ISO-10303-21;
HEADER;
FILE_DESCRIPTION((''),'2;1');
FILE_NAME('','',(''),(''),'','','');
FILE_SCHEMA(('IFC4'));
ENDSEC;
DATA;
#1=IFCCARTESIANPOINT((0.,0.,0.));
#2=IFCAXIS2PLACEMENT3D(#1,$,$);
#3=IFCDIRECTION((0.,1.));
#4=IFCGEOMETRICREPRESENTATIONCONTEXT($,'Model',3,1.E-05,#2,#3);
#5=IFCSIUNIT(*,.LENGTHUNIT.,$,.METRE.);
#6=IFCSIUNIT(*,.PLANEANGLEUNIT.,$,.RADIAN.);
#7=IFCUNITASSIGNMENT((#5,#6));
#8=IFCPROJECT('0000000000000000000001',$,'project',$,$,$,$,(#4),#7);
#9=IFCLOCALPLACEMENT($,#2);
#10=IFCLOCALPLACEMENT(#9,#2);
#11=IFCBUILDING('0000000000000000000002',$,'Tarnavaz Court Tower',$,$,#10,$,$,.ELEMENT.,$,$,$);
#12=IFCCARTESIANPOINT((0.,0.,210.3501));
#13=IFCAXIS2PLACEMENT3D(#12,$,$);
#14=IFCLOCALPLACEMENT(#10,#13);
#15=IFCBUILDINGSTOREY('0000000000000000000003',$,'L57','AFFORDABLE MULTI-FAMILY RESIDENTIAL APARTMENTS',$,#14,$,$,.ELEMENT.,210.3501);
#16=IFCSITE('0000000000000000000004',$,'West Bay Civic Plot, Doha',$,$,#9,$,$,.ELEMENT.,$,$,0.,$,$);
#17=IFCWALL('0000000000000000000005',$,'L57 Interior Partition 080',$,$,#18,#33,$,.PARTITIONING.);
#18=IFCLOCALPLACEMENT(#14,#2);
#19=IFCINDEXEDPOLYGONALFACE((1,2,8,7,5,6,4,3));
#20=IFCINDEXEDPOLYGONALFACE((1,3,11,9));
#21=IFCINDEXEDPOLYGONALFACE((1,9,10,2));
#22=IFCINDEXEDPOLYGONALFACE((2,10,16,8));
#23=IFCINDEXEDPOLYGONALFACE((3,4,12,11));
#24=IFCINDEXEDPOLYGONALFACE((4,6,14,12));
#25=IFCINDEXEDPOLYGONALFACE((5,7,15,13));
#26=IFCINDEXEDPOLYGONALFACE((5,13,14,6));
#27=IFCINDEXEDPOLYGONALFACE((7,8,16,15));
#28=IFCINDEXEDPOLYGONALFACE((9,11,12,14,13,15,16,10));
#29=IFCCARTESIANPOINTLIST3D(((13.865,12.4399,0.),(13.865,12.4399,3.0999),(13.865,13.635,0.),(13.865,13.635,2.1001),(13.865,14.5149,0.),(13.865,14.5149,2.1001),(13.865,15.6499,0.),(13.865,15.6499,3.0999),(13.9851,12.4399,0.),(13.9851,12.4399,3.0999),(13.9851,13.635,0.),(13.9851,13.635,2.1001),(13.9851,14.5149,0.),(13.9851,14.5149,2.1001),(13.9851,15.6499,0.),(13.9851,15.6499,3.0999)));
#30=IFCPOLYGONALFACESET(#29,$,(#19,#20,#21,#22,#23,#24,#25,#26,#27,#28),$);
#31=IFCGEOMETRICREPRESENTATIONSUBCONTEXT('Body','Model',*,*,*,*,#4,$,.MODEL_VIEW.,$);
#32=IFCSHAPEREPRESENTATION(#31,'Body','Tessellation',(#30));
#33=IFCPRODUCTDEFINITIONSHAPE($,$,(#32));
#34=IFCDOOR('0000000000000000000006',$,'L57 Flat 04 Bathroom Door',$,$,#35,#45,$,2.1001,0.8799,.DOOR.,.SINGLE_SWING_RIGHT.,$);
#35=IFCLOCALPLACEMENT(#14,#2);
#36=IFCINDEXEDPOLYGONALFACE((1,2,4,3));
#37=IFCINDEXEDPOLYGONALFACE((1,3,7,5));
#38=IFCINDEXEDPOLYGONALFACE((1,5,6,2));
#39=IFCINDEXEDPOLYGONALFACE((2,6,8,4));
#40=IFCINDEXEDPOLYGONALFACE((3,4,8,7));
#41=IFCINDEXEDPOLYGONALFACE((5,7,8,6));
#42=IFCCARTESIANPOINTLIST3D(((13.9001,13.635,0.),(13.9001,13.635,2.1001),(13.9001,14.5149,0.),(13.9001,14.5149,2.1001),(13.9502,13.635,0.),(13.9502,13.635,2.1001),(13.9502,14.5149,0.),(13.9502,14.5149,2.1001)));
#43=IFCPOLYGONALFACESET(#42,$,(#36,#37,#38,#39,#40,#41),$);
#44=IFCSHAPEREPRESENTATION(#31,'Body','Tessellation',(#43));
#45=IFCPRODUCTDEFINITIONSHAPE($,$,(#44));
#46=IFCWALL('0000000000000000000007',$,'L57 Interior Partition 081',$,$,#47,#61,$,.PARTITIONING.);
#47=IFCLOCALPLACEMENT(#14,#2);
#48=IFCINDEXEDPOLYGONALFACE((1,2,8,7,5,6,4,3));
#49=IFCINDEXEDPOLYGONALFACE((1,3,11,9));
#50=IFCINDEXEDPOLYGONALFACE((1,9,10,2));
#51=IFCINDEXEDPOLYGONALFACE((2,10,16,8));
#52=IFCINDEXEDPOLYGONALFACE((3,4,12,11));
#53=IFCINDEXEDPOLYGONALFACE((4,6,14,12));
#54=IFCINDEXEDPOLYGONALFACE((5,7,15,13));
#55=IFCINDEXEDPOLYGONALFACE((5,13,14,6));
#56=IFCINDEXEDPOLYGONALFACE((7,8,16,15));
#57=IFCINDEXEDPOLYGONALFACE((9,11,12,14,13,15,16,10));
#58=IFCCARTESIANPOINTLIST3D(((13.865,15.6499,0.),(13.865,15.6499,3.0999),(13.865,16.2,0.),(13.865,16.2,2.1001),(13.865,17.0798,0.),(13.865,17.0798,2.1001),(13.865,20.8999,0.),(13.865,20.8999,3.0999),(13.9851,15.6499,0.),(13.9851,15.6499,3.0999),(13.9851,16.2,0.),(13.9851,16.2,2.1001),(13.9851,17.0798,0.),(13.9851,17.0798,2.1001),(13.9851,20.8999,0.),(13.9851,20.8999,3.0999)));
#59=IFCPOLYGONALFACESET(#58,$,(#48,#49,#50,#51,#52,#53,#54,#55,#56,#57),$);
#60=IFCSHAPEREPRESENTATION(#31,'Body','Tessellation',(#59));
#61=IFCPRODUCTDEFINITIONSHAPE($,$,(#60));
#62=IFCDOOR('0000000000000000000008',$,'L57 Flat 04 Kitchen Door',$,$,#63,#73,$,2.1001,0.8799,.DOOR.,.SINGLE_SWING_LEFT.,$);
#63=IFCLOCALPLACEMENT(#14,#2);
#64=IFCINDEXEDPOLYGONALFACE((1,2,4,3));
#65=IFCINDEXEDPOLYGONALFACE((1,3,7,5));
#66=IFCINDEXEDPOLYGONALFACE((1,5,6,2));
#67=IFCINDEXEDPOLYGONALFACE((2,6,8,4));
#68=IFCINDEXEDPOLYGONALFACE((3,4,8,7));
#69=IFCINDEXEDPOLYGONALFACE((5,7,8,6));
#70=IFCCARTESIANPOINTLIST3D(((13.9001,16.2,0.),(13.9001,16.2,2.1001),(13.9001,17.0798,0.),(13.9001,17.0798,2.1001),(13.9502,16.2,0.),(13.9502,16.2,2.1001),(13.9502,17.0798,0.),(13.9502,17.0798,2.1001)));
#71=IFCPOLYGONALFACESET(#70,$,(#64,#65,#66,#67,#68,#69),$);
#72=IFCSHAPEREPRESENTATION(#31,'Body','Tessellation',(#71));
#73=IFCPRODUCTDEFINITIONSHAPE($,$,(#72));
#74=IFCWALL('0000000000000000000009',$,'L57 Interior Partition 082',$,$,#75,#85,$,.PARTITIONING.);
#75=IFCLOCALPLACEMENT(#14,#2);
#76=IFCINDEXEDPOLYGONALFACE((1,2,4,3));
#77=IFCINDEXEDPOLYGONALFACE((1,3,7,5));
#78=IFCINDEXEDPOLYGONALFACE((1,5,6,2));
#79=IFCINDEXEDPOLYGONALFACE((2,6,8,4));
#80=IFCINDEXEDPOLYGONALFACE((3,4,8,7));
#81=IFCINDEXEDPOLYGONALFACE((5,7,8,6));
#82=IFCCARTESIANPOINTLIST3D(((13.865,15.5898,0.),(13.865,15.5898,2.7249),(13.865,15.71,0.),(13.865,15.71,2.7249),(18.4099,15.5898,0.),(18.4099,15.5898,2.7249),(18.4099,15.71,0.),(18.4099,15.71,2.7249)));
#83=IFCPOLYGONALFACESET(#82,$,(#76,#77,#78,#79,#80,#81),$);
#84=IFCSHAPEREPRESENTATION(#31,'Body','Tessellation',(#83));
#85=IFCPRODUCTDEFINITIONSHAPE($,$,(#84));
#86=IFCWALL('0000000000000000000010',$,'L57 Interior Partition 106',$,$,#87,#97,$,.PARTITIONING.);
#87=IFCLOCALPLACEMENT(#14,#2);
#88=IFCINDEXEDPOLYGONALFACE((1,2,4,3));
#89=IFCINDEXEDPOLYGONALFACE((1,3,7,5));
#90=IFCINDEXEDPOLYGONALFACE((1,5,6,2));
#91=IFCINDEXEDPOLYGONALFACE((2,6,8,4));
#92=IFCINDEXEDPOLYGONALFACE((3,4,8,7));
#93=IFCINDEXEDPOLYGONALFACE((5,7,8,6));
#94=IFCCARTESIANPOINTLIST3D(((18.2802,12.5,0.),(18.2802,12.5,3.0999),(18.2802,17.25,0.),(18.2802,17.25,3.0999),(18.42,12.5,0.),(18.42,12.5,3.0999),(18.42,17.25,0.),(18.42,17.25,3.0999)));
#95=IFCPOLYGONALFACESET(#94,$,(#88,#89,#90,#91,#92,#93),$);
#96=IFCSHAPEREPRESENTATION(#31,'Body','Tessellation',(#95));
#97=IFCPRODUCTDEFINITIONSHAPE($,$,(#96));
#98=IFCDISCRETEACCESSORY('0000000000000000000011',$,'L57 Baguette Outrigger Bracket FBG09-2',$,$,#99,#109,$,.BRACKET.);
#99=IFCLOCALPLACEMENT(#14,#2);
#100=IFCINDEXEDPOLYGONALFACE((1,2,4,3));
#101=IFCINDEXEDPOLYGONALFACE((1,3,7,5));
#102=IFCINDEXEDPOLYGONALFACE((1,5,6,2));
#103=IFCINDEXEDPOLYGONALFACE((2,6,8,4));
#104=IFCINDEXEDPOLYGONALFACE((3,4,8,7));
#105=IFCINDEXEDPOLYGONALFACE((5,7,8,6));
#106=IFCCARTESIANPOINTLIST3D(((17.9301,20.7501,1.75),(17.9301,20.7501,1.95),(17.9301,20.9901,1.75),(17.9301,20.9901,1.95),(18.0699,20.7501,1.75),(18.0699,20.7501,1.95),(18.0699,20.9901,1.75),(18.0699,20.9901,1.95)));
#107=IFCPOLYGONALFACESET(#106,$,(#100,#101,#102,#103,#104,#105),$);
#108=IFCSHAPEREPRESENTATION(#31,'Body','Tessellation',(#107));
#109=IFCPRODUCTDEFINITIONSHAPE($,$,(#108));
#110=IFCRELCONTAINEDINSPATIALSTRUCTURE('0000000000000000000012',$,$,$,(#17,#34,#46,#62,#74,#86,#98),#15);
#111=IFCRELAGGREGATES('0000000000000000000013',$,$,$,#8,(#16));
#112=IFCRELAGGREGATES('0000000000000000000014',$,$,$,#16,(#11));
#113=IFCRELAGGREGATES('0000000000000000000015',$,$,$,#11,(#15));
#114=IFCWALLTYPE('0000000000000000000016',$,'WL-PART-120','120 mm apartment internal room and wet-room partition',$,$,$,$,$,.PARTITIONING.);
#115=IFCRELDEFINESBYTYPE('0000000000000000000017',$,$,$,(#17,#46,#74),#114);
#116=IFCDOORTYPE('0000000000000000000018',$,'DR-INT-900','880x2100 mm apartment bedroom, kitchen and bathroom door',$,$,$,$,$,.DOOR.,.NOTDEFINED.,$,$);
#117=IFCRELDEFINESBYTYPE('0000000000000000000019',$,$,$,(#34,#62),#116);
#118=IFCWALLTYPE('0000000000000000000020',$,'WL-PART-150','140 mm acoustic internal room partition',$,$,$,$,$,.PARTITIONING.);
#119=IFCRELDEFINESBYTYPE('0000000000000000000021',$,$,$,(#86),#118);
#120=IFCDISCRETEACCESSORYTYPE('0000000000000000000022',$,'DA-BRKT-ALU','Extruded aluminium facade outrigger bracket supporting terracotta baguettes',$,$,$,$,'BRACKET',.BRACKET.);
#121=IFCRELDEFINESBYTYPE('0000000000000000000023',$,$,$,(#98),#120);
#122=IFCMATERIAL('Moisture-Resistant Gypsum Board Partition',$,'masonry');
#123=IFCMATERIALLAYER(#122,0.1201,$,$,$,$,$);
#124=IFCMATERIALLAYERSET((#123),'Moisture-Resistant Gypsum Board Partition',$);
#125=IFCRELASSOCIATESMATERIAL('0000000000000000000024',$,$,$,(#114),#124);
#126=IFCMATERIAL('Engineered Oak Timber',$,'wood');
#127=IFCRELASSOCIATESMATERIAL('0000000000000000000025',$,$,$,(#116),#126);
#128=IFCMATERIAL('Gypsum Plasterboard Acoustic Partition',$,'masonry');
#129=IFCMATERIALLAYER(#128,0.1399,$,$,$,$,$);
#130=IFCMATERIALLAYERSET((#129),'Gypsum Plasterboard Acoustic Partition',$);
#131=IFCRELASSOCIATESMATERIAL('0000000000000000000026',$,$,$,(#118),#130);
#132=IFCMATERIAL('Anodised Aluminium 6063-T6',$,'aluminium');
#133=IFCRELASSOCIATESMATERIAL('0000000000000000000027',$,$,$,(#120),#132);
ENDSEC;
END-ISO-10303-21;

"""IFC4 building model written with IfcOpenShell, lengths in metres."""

from ifc_helpers import new_model, si_unit, direction, frame, frame_2d, origin, origin_2d, place, context, subcontext, project, spatial, rectangle, extrude, material, layer, layer_set, type_object, element, fill, save


model = new_model("IFC4")

# Units and contexts
model_context = context("Model", 3, precision=1e-05, world=origin(), true_north=direction((0.0, 1.0)))
body_context = subcontext(model_context, "Body", "Model", "MODEL_VIEW")
ifc_project = project(units=[si_unit("LENGTHUNIT", "METRE"), si_unit("PLANEANGLEUNIT", "RADIAN")], contexts=[model_context])

# Site, building, storey
site_placement = place(None, origin())
site = spatial("IfcSite", under=ifc_project, at=site_placement, Name="West Bay Civic Plot, Doha", CompositionType="ELEMENT", RefElevation=0.0)
building_placement = place(site_placement, origin())
building = spatial("IfcBuilding", under=site, at=building_placement, Name="Tarnavaz Court Tower", CompositionType="ELEMENT")
storey_placement = place(building_placement, frame((0.0, 0.0, 210.3501)))
storey = spatial("IfcBuildingStorey", under=building, at=storey_placement, Name="L57", Description="AFFORDABLE MULTI-FAMILY RESIDENTIAL APARTMENTS", CompositionType="ELEMENT", Elevation=210.3501)

# Walls, openings, doors
ifc_material_1 = material(Name="Engineered Oak Timber", Category="wood")
ifc_material_2 = material(Name="Moisture-Resistant Gypsum Board Partition", Category="masonry")
ifc_layer_1 = layer(ifc_material_2, 0.1201)
ifc_layer_set_1 = layer_set([ifc_layer_1], Name="Moisture-Resistant Gypsum Board Partition")
wall_type_1 = type_object("IfcWallType", Name="WL-PART-120", Description="120 mm apartment internal room and wet-room partition", PredefinedType="PARTITIONING", material=ifc_layer_set_1)
wall_1_placement = place(storey_placement, frame((13.925, 12.4399, 0.0), z_axis=(0.0, 0.0, 1.0), x_axis=(0.0, 1.0, 0.0)))
wall_1 = element("IfcWall", 1, at=wall_1_placement, inside=storey, type_object=wall_type_1, Name="L57 Interior Partition 080", PredefinedType="PARTITIONING", context=body_context, shape_type="SweptSolid", body=[
    extrude(rectangle(XDim=3.21, YDim=0.1201, at=frame_2d((1.605, 0.0))), origin(), (0.0, 0.0, 1.0), 3.0999),
])
opening_1_placement = place(wall_1_placement, frame((1.1951, 0.0, 0.0)))
opening_1 = element("IfcOpeningElement", 2, at=opening_1_placement, cuts=wall_1, PredefinedType="OPENING", context=body_context, shape_type="SweptSolid", body=[
    extrude(rectangle(XDim=0.8799, YDim=2.1001, at=frame_2d((0.4399, 1.05))), frame((0.0, 0.0701, 0.0), z_axis=(0.0, -1.0, 0.0), x_axis=(1.0, 0.0, 0.0)), (0.0, 0.0, 1.0), 0.1401),
])
door_type_1 = type_object("IfcDoorType", Name="DR-INT-900", Description="880x2100 mm apartment bedroom, kitchen and bathroom door", OperationType="NOTDEFINED", PredefinedType="DOOR", material=ifc_material_1)
door_1_placement = place(opening_1_placement, origin())
door_1 = element("IfcDoor", 3, at=door_1_placement, inside=storey, type_object=door_type_1, Name="L57 Flat 04 Bathroom Door", OperationType="SINGLE_SWING_RIGHT", OverallHeight=2.1001, OverallWidth=0.8799, PredefinedType="DOOR", context=body_context, shape_type="SweptSolid", body=[
    extrude(rectangle(XDim=0.8799, YDim=2.1001, at=frame_2d((0.4399, 1.05))), frame((0.0, 0.0249, 0.0), z_axis=(0.0, -1.0, 0.0), x_axis=(1.0, 0.0, 0.0)), (0.0, 0.0, 1.0), 0.05),
])
fill(opening_1, door_1)
wall_2_placement = place(storey_placement, frame((13.925, 15.6499, 0.0), z_axis=(0.0, 0.0, 1.0), x_axis=(0.0, 1.0, 0.0)))
wall_2 = element("IfcWall", 4, at=wall_2_placement, inside=storey, type_object=wall_type_1, Name="L57 Interior Partition 081", PredefinedType="PARTITIONING", context=body_context, shape_type="SweptSolid", body=[
    extrude(rectangle(XDim=5.25, YDim=0.1201, at=frame_2d((2.625, 0.0))), origin(), (0.0, 0.0, 1.0), 3.0999),
])
opening_2_placement = place(wall_2_placement, frame((0.55, 0.0, 0.0)))
opening_2 = element("IfcOpeningElement", 5, at=opening_2_placement, cuts=wall_2, PredefinedType="OPENING", context=body_context, shape_type="SweptSolid", body=[
    extrude(rectangle(XDim=0.8799, YDim=2.1001, at=frame_2d((0.4399, 1.05))), frame((0.0, 0.0701, 0.0), z_axis=(0.0, -1.0, 0.0), x_axis=(1.0, 0.0, 0.0)), (0.0, 0.0, 1.0), 0.1401),
])
door_2_placement = place(opening_2_placement, origin())
door_2 = element("IfcDoor", 6, at=door_2_placement, inside=storey, type_object=door_type_1, Name="L57 Flat 04 Kitchen Door", OperationType="SINGLE_SWING_LEFT", OverallHeight=2.1001, OverallWidth=0.8799, PredefinedType="DOOR", context=body_context, shape_type="SweptSolid", body=[
    extrude(rectangle(XDim=0.8799, YDim=2.1001, at=frame_2d((0.4399, 1.05))), frame((0.0, 0.0249, 0.0), z_axis=(0.0, -1.0, 0.0), x_axis=(1.0, 0.0, 0.0)), (0.0, 0.0, 1.0), 0.05),
])
fill(opening_2, door_2)

# Walls
wall_3_placement = place(storey_placement, frame((13.865, 15.6499, 0.0), z_axis=(0.0, 0.0, 1.0), x_axis=(1.0, 0.0, 0.0)))
element("IfcWall", 7, at=wall_3_placement, inside=storey, type_object=wall_type_1, Name="L57 Interior Partition 082", PredefinedType="PARTITIONING", context=body_context, shape_type="SweptSolid", body=[
    extrude(rectangle(XDim=4.5449, YDim=0.1201, at=frame_2d((2.2725, 0.0))), origin(), (0.0, 0.0, 1.0), 2.7249),
])
ifc_material_3 = material(Name="Gypsum Plasterboard Acoustic Partition", Category="masonry")
ifc_layer_2 = layer(ifc_material_3, 0.1399)
ifc_layer_set_2 = layer_set([ifc_layer_2], Name="Gypsum Plasterboard Acoustic Partition")
wall_type_2 = type_object("IfcWallType", Name="WL-PART-150", Description="140 mm acoustic internal room partition", PredefinedType="PARTITIONING", material=ifc_layer_set_2)
wall_4_placement = place(storey_placement, frame((18.3501, 12.5, 0.0), z_axis=(0.0, 0.0, 1.0), x_axis=(0.0, 1.0, 0.0)))
element("IfcWall", 8, at=wall_4_placement, inside=storey, type_object=wall_type_2, Name="L57 Interior Partition 106", PredefinedType="PARTITIONING", context=body_context, shape_type="SweptSolid", body=[
    extrude(rectangle(XDim=4.75, YDim=0.1399, at=frame_2d((2.375, 0.0))), origin(), (0.0, 0.0, 1.0), 3.0999),
])

# Discrete accessory
ifc_material_4 = material(Name="Anodised Aluminium 6063-T6", Category="aluminium")
discrete_accessory_type = type_object("IfcDiscreteAccessoryType", Name="DA-BRKT-ALU", Description="Extruded aluminium facade outrigger bracket supporting terracotta baguettes", ElementType="BRACKET", PredefinedType="BRACKET", material=ifc_material_4)
discrete_accessory_placement = place(storey_placement, frame((18.0, 20.8701, 1.75), z_axis=(0.0, 0.0, 1.0), x_axis=(1.0, 0.0, 0.0)))
element("IfcDiscreteAccessory", 9, at=discrete_accessory_placement, inside=storey, type_object=discrete_accessory_type, Name="L57 Baguette Outrigger Bracket FBG09-2", PredefinedType="BRACKET", context=body_context, shape_type="SweptSolid", body=[
    extrude(rectangle(XDim=0.1399, YDim=0.24, at=origin_2d()), origin(), (0.0, 0.0, 1.0), 0.2),
])

save(model, "model.ifc")
